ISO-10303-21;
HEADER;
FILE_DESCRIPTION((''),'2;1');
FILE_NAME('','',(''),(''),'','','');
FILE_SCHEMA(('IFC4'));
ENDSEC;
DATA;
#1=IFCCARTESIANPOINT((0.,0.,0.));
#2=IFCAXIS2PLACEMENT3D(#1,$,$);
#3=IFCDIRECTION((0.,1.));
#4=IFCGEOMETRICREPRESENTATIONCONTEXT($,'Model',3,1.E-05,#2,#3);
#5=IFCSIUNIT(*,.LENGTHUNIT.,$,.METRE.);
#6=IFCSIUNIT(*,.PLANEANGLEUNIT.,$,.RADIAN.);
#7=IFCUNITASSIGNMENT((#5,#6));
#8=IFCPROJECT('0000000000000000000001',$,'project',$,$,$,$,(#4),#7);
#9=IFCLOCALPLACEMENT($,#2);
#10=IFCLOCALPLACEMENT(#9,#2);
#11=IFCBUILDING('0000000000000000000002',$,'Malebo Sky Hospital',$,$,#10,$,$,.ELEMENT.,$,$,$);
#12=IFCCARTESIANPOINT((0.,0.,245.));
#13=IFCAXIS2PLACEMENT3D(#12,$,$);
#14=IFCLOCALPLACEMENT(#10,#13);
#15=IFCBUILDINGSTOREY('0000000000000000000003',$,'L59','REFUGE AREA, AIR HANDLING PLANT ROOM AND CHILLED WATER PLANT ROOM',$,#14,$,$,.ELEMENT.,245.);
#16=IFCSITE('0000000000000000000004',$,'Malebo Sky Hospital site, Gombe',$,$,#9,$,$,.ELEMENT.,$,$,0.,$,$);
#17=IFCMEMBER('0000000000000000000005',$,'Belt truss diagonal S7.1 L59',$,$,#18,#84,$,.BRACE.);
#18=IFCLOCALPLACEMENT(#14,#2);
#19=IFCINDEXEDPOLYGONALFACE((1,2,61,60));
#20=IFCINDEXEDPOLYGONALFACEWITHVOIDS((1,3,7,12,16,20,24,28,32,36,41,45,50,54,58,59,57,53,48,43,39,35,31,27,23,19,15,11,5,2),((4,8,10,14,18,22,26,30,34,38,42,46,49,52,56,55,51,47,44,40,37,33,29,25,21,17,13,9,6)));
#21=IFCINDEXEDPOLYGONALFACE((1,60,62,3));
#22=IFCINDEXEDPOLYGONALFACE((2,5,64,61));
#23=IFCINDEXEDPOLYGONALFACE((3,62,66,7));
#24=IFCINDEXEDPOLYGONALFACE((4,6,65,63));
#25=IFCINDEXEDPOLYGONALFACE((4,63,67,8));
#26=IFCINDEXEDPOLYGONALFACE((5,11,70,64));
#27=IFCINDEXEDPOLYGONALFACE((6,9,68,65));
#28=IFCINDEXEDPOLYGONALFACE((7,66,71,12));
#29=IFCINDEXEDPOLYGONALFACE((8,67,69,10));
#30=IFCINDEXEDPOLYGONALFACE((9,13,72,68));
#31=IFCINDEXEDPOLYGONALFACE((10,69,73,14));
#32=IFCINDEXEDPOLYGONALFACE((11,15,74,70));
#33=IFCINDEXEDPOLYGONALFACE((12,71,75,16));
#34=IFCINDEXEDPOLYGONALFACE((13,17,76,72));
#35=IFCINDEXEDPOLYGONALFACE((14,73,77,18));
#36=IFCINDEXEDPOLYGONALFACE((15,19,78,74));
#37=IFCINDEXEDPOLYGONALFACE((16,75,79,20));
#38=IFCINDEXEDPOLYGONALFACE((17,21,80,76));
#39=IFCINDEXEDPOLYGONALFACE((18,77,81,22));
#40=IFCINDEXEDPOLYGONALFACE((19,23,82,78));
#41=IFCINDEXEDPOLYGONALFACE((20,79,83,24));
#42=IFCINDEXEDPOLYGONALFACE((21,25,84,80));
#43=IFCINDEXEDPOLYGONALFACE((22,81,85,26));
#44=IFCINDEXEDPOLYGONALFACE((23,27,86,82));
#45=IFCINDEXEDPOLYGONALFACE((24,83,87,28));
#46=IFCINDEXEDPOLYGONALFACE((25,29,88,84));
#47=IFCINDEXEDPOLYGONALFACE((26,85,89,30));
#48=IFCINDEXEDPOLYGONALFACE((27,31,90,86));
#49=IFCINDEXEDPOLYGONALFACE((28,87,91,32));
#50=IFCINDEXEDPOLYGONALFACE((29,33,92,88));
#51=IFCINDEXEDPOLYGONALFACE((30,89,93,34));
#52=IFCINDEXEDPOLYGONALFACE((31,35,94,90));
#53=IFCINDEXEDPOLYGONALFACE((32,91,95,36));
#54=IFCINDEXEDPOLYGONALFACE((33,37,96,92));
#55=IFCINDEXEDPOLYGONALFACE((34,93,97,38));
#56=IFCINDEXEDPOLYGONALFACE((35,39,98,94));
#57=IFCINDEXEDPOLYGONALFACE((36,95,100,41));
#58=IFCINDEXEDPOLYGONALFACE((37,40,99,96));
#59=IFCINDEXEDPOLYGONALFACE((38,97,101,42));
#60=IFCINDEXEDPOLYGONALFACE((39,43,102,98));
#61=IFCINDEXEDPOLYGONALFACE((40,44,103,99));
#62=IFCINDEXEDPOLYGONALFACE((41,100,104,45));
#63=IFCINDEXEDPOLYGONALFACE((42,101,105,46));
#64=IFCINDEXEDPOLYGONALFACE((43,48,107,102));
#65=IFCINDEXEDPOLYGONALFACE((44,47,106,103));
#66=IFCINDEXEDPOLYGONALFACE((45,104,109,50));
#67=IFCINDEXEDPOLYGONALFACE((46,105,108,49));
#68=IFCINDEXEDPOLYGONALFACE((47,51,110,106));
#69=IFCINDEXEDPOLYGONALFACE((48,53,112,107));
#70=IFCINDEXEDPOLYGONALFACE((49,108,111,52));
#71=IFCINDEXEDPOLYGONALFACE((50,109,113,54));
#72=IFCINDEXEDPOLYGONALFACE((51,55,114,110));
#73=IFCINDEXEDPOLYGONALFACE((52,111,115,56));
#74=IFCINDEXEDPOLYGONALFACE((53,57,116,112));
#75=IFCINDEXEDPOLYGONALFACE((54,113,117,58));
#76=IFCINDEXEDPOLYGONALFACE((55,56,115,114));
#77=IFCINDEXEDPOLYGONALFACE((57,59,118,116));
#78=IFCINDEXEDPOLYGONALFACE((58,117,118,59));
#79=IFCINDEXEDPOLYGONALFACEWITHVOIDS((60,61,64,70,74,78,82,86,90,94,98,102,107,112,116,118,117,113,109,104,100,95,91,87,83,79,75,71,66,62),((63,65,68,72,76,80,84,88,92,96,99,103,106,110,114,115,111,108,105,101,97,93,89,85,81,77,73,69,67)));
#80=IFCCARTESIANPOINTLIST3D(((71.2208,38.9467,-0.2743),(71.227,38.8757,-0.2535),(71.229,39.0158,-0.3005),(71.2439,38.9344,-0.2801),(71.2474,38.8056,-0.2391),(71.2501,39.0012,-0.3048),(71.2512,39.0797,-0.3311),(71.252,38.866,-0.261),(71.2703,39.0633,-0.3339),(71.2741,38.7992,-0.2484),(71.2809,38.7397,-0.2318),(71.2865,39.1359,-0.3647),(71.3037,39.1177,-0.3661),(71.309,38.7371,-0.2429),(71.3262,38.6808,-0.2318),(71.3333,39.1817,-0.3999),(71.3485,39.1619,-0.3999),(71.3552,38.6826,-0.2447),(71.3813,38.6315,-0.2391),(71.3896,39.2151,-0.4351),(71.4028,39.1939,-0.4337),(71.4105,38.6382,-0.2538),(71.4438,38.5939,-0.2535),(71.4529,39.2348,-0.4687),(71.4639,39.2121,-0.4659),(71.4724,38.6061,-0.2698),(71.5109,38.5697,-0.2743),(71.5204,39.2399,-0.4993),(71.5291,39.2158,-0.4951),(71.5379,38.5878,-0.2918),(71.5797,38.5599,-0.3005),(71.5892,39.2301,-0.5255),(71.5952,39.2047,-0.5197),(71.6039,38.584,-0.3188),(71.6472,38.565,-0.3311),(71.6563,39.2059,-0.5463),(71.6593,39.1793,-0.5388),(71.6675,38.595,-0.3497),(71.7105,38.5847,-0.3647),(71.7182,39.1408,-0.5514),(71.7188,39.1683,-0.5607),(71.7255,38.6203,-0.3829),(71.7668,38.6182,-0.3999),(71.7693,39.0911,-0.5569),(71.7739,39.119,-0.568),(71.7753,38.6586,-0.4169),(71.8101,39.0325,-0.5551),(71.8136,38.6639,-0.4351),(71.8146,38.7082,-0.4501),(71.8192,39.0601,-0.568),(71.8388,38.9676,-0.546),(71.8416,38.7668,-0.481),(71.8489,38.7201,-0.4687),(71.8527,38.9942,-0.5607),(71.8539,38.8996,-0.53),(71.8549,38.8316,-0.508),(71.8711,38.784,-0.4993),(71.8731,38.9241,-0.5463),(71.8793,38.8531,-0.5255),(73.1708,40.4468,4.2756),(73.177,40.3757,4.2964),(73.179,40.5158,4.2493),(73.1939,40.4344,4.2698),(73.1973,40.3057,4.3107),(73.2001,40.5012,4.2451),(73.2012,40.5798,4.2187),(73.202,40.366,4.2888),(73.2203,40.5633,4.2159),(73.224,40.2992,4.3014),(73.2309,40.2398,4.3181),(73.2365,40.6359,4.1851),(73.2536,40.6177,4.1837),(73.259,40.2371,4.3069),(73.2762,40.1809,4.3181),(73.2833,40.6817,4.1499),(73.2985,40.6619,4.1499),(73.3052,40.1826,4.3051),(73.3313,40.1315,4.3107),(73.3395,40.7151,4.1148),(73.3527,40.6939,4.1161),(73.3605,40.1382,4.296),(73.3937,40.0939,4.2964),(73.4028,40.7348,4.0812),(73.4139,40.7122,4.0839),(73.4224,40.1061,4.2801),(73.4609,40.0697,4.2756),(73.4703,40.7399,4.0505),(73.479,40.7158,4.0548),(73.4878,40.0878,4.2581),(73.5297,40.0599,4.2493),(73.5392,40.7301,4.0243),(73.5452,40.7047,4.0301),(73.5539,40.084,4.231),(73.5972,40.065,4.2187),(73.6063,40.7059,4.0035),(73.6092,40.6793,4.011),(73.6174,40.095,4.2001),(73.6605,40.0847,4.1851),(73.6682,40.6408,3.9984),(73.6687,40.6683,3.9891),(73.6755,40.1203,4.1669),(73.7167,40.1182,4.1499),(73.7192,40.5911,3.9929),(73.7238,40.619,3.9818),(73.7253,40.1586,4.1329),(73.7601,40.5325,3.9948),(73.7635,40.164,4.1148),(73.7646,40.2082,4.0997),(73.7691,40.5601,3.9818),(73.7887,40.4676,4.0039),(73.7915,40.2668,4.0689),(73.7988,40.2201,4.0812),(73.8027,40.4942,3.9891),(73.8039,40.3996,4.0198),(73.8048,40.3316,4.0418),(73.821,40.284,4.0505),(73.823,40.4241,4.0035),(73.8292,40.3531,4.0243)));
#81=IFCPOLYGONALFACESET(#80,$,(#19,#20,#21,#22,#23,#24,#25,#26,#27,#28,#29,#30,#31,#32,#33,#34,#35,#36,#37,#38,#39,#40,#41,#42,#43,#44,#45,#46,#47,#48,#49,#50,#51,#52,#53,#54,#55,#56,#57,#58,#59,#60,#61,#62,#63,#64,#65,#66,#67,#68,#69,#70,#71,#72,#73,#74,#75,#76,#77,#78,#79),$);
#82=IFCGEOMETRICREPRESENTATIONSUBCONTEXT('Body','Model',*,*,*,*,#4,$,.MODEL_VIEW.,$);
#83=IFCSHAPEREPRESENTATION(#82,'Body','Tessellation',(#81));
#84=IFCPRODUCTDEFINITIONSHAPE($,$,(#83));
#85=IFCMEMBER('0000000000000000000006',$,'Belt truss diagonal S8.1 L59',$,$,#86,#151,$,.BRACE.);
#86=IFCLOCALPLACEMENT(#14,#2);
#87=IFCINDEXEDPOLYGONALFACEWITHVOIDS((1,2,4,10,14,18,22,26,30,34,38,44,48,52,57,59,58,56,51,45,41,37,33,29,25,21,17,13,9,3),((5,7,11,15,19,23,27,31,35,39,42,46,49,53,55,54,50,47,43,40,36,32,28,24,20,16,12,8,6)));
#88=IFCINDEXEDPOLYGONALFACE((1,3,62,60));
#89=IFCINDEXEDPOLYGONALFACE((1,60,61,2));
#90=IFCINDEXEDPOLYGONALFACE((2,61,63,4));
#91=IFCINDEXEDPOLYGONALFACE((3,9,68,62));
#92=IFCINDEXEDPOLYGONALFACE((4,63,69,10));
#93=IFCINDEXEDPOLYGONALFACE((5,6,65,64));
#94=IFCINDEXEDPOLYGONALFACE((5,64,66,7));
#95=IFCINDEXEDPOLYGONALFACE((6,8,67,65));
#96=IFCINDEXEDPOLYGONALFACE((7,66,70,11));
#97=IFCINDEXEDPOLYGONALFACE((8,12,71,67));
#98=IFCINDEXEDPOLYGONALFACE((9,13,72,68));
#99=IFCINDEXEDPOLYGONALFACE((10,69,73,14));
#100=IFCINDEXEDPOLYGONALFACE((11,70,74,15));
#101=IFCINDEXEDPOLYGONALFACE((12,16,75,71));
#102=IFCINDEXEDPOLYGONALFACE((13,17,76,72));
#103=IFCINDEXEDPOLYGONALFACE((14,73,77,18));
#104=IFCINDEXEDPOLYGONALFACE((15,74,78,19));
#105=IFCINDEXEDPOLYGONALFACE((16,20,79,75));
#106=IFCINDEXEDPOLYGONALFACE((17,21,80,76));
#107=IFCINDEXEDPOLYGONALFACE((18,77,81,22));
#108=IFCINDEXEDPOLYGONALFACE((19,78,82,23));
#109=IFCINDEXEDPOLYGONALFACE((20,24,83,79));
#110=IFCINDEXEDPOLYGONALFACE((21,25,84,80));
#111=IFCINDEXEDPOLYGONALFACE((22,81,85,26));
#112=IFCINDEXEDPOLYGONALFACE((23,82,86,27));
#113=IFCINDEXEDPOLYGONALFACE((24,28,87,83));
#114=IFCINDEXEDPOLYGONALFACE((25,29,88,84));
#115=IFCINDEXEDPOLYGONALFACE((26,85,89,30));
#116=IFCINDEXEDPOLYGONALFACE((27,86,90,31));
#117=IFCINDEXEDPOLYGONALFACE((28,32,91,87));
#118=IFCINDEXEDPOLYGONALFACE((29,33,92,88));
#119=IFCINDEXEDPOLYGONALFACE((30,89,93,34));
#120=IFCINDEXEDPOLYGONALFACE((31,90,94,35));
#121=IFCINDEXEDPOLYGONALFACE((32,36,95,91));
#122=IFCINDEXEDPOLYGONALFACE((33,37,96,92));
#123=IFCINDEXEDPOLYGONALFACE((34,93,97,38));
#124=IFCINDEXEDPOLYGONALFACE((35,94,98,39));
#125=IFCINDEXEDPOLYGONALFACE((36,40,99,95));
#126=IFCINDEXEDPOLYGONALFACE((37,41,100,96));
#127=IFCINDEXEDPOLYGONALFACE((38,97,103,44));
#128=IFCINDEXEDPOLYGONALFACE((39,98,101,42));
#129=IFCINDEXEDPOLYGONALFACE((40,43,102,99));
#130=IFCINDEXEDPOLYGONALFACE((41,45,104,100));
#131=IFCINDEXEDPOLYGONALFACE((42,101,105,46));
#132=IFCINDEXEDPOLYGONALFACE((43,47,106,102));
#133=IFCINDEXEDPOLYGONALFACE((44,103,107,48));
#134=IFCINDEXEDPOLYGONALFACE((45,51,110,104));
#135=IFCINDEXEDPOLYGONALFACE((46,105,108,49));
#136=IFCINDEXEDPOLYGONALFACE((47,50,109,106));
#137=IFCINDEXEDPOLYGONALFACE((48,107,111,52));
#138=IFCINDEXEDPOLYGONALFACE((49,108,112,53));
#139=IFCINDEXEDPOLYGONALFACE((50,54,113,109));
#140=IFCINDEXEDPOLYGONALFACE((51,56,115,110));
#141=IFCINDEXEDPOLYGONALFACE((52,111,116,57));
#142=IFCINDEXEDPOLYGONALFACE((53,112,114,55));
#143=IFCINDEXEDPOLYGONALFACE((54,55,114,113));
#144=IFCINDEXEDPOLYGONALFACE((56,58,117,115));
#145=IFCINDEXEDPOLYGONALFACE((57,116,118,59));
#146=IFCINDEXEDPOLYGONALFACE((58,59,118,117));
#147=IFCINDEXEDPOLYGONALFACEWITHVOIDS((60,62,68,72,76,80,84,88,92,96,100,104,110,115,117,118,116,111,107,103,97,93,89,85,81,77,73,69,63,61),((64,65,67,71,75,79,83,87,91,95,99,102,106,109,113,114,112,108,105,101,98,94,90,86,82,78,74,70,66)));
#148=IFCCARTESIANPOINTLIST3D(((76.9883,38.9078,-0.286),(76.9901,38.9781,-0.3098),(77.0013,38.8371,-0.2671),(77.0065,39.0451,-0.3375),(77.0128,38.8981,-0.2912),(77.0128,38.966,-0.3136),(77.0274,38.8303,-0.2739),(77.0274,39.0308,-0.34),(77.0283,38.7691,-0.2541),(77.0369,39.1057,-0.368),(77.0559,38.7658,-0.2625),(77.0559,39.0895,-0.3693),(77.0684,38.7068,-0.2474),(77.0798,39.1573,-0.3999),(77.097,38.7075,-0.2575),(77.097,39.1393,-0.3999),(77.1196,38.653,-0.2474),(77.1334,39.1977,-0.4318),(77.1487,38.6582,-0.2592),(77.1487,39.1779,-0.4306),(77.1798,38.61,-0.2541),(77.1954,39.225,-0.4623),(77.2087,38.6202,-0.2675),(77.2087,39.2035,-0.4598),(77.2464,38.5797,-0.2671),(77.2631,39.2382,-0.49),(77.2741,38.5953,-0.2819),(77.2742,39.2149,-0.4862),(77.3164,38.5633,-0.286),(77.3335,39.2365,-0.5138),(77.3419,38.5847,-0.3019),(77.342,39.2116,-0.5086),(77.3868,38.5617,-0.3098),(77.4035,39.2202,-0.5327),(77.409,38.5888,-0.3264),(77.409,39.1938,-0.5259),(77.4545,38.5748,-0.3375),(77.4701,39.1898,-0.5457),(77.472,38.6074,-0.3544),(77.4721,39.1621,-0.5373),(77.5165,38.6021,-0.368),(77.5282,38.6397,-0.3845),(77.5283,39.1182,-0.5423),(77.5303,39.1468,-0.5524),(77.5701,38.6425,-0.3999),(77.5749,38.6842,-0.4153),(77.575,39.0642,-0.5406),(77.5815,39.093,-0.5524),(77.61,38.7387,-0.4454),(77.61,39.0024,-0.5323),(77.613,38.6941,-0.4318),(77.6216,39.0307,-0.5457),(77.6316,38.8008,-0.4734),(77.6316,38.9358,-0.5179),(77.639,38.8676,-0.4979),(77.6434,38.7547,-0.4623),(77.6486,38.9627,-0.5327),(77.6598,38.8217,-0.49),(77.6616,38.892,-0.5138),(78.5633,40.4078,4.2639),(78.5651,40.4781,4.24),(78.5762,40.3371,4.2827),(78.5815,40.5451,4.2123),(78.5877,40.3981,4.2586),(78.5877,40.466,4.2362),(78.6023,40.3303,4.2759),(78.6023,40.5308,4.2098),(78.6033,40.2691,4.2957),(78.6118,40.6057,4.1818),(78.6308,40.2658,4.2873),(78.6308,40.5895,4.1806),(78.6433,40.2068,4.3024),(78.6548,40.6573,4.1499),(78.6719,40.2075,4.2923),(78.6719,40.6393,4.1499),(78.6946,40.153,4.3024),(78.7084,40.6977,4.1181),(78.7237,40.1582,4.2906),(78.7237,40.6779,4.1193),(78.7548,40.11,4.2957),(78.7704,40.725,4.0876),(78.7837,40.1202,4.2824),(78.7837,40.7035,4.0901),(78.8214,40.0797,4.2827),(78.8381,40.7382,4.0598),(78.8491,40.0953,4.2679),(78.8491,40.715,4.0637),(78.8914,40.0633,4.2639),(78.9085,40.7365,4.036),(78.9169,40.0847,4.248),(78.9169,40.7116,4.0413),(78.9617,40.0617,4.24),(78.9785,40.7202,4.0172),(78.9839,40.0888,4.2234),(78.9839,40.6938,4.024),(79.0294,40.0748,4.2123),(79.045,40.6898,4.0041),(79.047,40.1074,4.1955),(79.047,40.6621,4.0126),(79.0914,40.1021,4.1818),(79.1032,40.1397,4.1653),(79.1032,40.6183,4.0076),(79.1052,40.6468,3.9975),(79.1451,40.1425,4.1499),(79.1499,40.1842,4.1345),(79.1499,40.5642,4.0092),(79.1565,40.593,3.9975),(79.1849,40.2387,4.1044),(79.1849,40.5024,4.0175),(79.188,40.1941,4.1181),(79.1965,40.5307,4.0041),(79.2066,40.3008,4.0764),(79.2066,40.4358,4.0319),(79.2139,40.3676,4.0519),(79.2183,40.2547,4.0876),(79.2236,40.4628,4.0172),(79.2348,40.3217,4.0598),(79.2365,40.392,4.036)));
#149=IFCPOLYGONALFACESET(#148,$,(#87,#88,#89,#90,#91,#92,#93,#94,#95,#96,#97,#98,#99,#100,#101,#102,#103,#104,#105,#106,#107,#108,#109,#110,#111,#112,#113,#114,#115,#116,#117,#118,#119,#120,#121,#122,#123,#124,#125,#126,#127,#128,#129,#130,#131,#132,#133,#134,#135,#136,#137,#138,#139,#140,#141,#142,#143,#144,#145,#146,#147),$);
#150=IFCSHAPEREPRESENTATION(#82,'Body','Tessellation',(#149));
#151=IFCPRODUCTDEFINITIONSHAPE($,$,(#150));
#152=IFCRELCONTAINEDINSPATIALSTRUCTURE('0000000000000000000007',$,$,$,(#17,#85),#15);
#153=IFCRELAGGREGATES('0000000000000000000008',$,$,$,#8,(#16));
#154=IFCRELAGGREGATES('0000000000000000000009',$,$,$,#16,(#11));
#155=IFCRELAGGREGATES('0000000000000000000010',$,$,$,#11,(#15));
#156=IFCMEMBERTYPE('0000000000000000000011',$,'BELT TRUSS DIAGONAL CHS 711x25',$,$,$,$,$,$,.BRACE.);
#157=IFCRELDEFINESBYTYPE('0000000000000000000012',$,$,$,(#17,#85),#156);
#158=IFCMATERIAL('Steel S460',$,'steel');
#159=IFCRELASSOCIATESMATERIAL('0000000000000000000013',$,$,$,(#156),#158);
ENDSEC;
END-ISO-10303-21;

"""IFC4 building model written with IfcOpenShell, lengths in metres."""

from ifc_helpers import new_model, si_unit, direction, frame, origin, origin_2d, place, context, subcontext, project, spatial, hollow_circle, extrude, material, material_profile, profile_set, type_object, element, save


model = new_model("IFC4")

# Units and contexts
model_context = context("Model", 3, precision=1e-05, world=origin(), true_north=direction((0.0, 1.0)))
body_context = subcontext(model_context, "Body", "Model", "MODEL_VIEW")
ifc_project = project(units=[si_unit("LENGTHUNIT", "METRE"), si_unit("PLANEANGLEUNIT", "RADIAN")], contexts=[model_context])

# Site, building, storey
site_placement = place(None, origin())
site = spatial("IfcSite", under=ifc_project, at=site_placement, Name="Malebo Sky Hospital site, Gombe", CompositionType="ELEMENT", RefElevation=0.0)
building_placement = place(site_placement, origin())
building = spatial("IfcBuilding", under=site, at=building_placement, Name="Malebo Sky Hospital", CompositionType="ELEMENT")
storey_placement = place(building_placement, frame((0.0, 0.0, 245.0)))
storey = spatial("IfcBuildingStorey", under=building, at=storey_placement, Name="L59", Description="REFUGE AREA, AIR HANDLING PLANT ROOM AND CHILLED WATER PLANT ROOM", CompositionType="ELEMENT", Elevation=245.0)

# Members
ifc_material_1 = material(Name="Steel S460", Category="steel")
ifc_material_profile_1 = material_profile(ifc_material_1, hollow_circle(Radius=0.3555, WallThickness=0.0249, at=origin_2d()), Name="CHS 711x25")
ifc_profile_set_1 = profile_set([ifc_material_profile_1], Name="Steel S460")
member_type_1 = type_object("IfcMemberType", Name="BELT TRUSS DIAGONAL CHS 711x25", PredefinedType="BRACE", material=ifc_profile_set_1)
member_1_placement = place(storey_placement, frame((71.55, 38.8999, -0.3999), z_axis=(0.376996, 0.290005, 0.879643), x_axis=(-0.60972, 0.792617, 0.0)))
element("IfcMember", 1, at=member_1_placement, inside=storey, type_object=member_type_1, Name="Belt truss diagonal S7.1 L59", PredefinedType="BRACE", context=body_context, shape_type="SweptSolid", body=[
    extrude(hollow_circle(Radius=0.3555, WallThickness=0.0249, at=origin_2d()), origin(), (0.0, 0.0, 1.0), 5.1724),
])
member_2_placement = place(storey_placement, frame((77.325, 38.8999, -0.3999), z_axis=(0.312308, 0.297446, 0.902214), x_axis=(-0.689666, 0.724127, 0.0)))
element("IfcMember", 2, at=member_2_placement, inside=storey, type_object=member_type_1, Name="Belt truss diagonal S8.1 L59", PredefinedType="BRACE", context=body_context, shape_type="SweptSolid", body=[
    extrude(hollow_circle(Radius=0.3555, WallThickness=0.0249, at=origin_2d()), origin(), (0.0, 0.0, 1.0), 5.043),
])

save(model, "model.ifc")
